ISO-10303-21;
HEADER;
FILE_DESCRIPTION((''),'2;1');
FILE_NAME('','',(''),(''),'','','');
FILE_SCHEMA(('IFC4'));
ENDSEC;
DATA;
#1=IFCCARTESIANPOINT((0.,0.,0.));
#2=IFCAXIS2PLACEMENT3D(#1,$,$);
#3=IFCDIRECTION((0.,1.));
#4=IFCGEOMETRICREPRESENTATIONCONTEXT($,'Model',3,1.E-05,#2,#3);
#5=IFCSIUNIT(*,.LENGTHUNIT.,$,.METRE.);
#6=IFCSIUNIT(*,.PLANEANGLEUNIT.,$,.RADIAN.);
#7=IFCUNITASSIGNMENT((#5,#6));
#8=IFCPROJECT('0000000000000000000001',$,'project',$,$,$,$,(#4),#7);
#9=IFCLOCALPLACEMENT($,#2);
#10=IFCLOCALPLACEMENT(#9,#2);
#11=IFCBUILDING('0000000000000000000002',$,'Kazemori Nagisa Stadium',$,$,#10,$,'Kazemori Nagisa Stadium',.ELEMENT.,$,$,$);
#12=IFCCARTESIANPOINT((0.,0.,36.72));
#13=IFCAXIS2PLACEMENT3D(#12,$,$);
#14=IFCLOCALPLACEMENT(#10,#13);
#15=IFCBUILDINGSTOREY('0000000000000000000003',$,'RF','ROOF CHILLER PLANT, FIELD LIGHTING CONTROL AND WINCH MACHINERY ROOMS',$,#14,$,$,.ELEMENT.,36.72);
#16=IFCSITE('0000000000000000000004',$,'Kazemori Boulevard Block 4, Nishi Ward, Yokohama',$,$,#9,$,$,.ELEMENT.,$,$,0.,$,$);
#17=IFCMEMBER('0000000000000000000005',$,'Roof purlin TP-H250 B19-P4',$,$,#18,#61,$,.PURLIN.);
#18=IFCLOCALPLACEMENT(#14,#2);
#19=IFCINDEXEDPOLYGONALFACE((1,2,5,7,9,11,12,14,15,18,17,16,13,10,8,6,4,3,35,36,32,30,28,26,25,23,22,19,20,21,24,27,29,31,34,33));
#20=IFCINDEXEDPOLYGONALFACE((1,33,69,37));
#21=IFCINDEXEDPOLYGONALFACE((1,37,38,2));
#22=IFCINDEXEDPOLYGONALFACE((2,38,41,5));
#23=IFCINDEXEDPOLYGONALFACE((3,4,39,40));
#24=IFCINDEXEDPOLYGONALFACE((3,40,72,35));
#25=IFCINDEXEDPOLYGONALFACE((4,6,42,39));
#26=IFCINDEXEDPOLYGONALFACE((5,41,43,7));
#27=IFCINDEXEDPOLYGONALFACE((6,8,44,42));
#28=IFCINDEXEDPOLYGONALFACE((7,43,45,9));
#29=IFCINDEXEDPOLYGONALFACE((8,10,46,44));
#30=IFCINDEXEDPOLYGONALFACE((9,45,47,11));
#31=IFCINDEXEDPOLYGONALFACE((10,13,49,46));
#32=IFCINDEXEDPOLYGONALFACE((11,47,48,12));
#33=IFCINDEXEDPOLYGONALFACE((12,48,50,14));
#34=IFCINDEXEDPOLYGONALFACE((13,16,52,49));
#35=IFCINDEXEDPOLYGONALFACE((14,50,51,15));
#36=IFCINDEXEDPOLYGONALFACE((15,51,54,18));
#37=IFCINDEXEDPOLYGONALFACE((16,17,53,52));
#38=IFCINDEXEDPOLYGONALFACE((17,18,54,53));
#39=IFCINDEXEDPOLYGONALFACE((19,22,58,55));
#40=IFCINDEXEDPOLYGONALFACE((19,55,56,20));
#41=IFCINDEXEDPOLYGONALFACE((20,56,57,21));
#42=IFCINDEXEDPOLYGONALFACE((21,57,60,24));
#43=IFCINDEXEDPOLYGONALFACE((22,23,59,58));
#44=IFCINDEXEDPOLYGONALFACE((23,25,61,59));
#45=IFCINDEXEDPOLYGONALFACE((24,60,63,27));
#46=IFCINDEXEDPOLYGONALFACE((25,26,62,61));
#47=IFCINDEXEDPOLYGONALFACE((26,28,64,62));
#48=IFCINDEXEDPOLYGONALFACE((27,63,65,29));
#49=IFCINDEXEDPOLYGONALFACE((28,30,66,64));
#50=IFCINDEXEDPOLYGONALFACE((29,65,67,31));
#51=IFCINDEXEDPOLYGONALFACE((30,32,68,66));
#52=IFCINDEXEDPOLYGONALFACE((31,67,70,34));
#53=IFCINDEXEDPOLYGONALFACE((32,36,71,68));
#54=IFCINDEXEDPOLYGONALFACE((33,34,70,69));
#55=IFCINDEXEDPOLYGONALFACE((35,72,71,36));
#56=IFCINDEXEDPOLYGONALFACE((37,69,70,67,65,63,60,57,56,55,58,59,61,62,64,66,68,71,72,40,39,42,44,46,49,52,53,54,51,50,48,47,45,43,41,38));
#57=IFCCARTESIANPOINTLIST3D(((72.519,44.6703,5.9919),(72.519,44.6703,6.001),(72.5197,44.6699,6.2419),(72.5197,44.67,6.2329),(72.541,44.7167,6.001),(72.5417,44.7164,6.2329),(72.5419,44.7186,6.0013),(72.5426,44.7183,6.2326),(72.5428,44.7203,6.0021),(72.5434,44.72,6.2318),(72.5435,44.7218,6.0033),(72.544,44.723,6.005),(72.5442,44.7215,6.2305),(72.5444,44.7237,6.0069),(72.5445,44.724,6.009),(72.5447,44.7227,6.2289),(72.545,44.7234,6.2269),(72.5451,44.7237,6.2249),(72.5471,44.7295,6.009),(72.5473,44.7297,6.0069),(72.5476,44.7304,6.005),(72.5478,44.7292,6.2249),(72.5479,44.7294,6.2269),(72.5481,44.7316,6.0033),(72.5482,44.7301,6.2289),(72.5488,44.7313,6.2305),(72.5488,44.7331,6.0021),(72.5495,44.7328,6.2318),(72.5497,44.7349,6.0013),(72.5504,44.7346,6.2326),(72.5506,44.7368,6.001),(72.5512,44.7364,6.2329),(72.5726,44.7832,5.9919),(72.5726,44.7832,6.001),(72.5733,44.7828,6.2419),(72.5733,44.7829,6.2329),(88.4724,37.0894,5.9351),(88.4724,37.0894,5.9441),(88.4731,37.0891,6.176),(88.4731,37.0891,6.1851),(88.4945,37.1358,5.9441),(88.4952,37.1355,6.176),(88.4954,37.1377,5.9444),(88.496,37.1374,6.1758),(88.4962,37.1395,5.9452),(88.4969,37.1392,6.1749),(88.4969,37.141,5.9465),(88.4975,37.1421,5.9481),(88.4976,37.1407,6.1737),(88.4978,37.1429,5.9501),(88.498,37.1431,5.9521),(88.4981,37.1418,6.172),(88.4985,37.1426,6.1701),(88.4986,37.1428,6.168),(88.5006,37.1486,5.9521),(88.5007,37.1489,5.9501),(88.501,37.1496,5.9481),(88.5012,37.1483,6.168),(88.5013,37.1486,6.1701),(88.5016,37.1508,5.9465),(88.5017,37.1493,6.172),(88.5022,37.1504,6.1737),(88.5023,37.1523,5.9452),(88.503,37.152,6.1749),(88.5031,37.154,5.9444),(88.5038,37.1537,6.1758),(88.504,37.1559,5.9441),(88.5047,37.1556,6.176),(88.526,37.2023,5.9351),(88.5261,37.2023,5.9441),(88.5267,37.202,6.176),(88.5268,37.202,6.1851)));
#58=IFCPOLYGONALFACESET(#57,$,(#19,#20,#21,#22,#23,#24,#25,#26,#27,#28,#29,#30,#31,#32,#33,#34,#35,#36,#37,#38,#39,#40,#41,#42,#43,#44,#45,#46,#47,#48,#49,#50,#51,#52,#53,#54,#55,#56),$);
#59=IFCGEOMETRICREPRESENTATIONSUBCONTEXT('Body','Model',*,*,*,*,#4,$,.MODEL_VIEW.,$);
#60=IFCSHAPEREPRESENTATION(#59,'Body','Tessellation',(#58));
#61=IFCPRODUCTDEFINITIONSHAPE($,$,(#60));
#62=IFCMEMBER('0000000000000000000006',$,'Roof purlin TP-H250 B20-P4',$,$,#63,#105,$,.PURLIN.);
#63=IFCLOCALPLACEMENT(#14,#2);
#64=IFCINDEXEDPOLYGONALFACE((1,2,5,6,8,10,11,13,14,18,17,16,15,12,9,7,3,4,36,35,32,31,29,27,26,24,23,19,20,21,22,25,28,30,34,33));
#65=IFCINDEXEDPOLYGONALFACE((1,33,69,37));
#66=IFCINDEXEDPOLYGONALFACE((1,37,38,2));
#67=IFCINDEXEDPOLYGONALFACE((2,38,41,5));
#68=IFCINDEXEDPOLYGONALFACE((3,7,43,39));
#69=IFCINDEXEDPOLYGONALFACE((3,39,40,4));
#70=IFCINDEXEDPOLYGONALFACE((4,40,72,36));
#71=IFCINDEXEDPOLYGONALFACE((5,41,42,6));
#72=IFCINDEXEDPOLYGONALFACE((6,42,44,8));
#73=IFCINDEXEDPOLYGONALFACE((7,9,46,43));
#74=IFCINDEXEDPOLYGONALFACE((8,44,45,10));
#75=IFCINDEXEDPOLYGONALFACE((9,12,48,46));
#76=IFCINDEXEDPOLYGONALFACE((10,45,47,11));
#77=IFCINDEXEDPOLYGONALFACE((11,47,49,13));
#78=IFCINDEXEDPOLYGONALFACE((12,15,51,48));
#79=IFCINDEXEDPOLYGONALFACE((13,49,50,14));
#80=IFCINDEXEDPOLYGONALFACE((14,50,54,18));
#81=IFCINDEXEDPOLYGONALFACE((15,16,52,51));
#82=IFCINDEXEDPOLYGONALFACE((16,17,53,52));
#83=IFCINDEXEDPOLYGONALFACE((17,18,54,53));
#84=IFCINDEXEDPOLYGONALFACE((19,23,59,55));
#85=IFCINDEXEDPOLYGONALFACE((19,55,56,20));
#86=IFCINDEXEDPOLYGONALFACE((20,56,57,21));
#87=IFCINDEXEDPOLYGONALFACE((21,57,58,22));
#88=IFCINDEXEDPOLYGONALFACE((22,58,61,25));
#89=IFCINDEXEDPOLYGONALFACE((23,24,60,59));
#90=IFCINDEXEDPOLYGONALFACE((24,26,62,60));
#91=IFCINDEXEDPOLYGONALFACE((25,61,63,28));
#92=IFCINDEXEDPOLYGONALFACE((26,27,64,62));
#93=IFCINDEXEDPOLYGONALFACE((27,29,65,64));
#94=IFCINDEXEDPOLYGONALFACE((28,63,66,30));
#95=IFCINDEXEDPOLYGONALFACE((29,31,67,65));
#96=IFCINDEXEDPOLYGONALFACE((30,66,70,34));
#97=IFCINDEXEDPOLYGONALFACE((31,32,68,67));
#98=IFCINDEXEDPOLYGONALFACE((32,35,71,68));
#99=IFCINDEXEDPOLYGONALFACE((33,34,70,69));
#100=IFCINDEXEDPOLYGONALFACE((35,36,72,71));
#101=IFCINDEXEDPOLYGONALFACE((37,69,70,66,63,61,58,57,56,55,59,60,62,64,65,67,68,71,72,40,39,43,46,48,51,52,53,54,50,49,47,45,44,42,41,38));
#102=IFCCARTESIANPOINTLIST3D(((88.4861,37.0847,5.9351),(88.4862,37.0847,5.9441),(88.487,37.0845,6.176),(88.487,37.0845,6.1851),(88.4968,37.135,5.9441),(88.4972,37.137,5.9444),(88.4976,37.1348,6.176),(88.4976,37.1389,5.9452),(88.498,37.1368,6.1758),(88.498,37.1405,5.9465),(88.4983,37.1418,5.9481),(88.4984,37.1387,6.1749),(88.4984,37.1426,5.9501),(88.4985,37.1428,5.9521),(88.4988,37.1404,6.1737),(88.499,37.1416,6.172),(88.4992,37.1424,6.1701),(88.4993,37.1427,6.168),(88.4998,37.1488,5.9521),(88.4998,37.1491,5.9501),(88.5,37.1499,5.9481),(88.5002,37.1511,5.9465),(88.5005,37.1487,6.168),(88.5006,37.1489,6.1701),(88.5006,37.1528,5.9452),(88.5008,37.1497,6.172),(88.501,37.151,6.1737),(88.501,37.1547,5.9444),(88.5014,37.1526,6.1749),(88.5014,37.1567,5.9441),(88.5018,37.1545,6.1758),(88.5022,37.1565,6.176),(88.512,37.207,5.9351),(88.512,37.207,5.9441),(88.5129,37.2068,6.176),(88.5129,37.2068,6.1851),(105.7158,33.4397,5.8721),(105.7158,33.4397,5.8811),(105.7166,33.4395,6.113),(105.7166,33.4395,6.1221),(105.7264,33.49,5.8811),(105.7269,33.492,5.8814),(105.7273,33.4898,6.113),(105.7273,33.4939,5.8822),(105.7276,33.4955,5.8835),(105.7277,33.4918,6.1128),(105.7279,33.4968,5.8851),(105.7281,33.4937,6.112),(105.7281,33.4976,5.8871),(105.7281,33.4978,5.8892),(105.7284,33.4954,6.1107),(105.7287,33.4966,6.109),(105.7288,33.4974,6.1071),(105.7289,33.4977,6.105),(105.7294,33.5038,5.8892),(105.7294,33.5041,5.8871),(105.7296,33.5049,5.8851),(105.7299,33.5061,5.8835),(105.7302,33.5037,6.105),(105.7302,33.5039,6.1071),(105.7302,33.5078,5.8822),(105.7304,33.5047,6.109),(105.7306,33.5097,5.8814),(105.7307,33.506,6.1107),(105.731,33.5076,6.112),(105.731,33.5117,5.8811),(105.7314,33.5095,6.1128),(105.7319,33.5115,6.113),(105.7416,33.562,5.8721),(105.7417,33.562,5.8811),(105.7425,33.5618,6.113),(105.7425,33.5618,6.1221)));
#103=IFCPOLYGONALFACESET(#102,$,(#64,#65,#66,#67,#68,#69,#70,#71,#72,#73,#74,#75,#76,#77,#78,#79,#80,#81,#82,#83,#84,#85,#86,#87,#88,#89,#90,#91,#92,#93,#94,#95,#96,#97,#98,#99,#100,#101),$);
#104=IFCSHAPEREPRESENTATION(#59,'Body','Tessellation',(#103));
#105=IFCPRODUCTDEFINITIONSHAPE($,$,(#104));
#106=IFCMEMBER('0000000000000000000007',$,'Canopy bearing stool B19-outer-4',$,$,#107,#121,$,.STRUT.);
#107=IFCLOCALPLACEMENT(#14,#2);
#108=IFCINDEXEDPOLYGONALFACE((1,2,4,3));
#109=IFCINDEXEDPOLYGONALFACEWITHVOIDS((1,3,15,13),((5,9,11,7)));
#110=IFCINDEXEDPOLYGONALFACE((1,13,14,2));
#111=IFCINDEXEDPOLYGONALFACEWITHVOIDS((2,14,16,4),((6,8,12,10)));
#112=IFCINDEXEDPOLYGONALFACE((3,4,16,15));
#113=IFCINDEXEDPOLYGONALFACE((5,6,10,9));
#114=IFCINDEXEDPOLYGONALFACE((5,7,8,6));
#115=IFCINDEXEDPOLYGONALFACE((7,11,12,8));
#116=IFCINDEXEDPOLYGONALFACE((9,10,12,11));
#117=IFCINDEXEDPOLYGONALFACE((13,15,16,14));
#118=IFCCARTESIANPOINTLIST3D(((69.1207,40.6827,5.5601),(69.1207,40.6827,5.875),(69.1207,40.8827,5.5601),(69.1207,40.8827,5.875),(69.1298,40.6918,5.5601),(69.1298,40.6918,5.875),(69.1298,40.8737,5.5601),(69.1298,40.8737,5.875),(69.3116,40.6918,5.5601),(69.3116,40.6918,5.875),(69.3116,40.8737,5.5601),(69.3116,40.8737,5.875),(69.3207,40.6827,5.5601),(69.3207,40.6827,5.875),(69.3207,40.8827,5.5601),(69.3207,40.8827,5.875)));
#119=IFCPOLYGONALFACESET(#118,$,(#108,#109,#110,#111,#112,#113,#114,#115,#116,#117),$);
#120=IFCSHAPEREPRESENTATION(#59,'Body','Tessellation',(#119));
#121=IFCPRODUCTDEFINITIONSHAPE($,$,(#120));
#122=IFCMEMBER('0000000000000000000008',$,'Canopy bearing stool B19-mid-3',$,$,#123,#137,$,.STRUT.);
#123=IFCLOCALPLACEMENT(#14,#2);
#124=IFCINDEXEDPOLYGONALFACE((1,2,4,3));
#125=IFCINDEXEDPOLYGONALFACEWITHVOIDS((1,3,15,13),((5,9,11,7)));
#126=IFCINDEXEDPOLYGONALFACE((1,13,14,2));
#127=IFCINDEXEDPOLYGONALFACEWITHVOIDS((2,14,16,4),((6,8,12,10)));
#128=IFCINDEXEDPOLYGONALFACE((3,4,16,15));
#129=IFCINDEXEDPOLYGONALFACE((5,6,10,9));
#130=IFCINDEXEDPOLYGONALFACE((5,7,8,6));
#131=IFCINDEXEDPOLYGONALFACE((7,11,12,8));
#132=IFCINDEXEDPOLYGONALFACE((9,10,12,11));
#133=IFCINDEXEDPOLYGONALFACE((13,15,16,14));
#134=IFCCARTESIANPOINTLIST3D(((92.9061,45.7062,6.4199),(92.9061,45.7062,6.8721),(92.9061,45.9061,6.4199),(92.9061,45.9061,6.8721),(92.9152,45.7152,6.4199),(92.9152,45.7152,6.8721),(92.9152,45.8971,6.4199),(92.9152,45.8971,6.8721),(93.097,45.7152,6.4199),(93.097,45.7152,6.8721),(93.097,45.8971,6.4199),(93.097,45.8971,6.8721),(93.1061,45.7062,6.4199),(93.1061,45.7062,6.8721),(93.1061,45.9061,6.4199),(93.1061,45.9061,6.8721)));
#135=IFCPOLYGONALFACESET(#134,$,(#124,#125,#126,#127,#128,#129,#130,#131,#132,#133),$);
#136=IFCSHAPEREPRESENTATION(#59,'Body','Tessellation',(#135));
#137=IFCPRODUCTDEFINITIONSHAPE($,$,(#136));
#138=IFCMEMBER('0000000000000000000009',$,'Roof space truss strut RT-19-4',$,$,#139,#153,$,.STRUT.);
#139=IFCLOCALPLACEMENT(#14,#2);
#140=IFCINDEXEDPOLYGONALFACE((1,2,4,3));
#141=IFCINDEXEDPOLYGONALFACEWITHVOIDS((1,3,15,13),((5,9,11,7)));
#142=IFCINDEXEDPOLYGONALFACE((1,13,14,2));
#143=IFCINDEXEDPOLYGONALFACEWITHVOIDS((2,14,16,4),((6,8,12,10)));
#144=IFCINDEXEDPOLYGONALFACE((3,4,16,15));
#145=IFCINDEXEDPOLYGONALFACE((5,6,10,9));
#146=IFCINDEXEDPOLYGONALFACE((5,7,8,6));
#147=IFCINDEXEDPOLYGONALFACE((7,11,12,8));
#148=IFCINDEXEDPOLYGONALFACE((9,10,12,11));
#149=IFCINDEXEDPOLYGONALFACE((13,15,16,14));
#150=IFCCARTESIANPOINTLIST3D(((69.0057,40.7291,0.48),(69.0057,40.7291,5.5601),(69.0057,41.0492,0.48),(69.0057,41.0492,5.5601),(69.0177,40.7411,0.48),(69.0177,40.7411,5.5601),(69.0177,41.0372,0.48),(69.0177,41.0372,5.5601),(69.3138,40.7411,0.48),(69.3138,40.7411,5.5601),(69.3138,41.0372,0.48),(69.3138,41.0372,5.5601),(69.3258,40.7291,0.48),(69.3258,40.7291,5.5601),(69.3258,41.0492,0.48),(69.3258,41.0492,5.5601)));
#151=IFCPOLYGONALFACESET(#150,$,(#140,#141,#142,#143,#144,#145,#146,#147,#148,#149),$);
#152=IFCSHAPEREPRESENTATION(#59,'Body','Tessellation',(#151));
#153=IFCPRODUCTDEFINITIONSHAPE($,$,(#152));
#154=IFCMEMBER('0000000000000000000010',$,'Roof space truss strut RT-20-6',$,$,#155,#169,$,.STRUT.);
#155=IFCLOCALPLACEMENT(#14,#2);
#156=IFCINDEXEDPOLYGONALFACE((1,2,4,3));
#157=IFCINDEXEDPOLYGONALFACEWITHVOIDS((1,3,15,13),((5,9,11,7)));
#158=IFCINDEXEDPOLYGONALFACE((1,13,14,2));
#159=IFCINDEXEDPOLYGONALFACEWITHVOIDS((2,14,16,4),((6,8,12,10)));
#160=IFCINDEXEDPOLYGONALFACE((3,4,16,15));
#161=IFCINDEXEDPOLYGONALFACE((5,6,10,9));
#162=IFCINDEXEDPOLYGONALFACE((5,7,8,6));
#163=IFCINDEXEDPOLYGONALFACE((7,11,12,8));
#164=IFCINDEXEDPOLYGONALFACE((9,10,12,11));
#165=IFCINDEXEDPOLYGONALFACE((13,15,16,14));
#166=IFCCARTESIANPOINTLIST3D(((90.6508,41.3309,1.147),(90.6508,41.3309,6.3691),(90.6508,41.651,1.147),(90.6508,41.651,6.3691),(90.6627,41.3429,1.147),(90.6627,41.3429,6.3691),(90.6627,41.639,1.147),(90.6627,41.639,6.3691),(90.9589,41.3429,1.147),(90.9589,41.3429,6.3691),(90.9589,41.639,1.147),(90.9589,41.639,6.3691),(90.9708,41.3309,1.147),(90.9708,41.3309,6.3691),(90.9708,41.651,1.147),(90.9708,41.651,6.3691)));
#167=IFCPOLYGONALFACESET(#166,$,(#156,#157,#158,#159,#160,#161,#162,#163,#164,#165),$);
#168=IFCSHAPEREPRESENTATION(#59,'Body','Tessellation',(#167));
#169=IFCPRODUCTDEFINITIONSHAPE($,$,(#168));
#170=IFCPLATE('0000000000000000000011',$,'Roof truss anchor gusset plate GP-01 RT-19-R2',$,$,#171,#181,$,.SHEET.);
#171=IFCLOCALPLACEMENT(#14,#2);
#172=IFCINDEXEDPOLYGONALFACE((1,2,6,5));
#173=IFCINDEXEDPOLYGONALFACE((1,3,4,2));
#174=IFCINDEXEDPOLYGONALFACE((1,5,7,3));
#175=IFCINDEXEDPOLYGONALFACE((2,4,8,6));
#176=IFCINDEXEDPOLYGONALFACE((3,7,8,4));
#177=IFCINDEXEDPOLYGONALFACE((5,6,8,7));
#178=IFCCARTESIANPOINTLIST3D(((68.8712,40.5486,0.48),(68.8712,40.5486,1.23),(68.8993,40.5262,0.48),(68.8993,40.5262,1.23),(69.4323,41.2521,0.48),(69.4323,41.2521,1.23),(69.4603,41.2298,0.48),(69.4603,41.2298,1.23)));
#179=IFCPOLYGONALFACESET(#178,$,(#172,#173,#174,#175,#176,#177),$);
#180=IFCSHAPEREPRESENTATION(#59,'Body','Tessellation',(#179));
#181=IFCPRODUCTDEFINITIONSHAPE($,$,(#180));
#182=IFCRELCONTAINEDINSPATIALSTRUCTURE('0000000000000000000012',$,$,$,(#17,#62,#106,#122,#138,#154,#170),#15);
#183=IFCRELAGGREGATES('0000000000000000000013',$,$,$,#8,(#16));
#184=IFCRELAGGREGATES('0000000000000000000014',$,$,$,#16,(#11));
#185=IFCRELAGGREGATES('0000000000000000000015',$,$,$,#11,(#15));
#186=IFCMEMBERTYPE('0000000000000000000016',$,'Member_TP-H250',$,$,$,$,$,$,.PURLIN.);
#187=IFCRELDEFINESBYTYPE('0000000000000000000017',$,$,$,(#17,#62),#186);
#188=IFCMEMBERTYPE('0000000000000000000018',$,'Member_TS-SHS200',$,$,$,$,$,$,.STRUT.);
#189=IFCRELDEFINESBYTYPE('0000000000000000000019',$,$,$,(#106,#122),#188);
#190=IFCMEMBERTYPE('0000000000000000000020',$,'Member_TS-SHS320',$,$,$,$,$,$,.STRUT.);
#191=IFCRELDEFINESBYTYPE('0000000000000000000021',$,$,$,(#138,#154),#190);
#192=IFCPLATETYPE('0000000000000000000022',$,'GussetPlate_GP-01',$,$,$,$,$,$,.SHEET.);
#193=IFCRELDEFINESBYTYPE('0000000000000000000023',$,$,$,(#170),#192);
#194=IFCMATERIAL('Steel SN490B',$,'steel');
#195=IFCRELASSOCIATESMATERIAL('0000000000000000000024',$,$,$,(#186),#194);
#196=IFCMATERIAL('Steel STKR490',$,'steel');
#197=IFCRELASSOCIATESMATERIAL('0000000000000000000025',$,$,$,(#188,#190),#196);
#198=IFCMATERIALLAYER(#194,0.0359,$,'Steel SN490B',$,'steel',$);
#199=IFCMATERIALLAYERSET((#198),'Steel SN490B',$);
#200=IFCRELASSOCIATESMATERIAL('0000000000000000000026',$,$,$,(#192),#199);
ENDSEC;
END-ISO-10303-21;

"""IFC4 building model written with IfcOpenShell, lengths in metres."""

from ifc_helpers import new_model, si_unit, direction, frame, origin, origin_2d, place, context, subcontext, project, spatial, rectangle, hollow_rectangle, i_section, extrude, material, layer, layer_set, material_profile, profile_set, type_object, element, save


model = new_model("IFC4")

# Units and contexts
model_context = context("Model", 3, precision=1e-05, world=origin(), true_north=direction((0.0, 1.0)))
body_context = subcontext(model_context, "Body", "Model", "MODEL_VIEW")
ifc_project = project(units=[si_unit("LENGTHUNIT", "METRE"), si_unit("PLANEANGLEUNIT", "RADIAN")], contexts=[model_context])

# Site, building, storey
site_placement = place(None, origin())
site = spatial("IfcSite", under=ifc_project, at=site_placement, Name="Kazemori Boulevard Block 4, Nishi Ward, Yokohama", CompositionType="ELEMENT", RefElevation=0.0)
building_placement = place(site_placement, origin())
building = spatial("IfcBuilding", under=site, at=building_placement, Name="Kazemori Nagisa Stadium", LongName="Kazemori Nagisa Stadium", CompositionType="ELEMENT")
storey_placement = place(building_placement, frame((0.0, 0.0, 36.72)))
storey = spatial("IfcBuildingStorey", under=building, at=storey_placement, Name="RF", Description="ROOF CHILLER PLANT, FIELD LIGHTING CONTROL AND WINCH MACHINERY ROOMS", CompositionType="ELEMENT", Elevation=36.72)

# Shared definitions
ifc_material_1 = material(Name="Steel SN490B", Category="steel")

# Members
ifc_material_2 = material(Name="Steel STKR490", Category="steel")
ifc_material_profile_1 = material_profile(ifc_material_1, i_section(OverallWidth=0.125, OverallDepth=0.25, WebThickness=0.0061, FlangeThickness=0.009, FilletRadius=0.0081, at=origin_2d()), Name="H-250x125x6x9")
ifc_profile_set_1 = profile_set([ifc_material_profile_1], Name="Steel SN490B")
member_type_1 = type_object("IfcMemberType", Name="Member_TP-H250", PredefinedType="PURLIN", material=ifc_profile_set_1)
member_1_placement = place(storey_placement, frame((72.5461, 44.7266, 6.1169), z_axis=(0.903208, -0.429191, -0.003221), x_axis=(0.429194, 0.903213, 0.0)))
element("IfcMember", 1, at=member_1_placement, inside=storey, type_object=member_type_1, Name="Roof purlin TP-H250 B19-P4", PredefinedType="PURLIN", context=body_context, shape_type="SweptSolid", body=[
    extrude(i_section(OverallWidth=0.125, OverallDepth=0.25, WebThickness=0.0061, FlangeThickness=0.009, FilletRadius=0.0081, at=origin_2d()), origin(), (0.0, 0.0, 1.0), 17.6631),
])
member_2_placement = place(storey_placement, frame((88.4995, 37.1458, 6.0601), z_axis=(0.97834, -0.206972, -0.003577), x_axis=(0.206973, 0.978347, 0.0)))
element("IfcMember", 2, at=member_2_placement, inside=storey, type_object=member_type_1, Name="Roof purlin TP-H250 B20-P4", PredefinedType="PURLIN", context=body_context, shape_type="SweptSolid", body=[
    extrude(i_section(OverallWidth=0.125, OverallDepth=0.25, WebThickness=0.0061, FlangeThickness=0.009, FilletRadius=0.0081, at=origin_2d()), origin(), (0.0, 0.0, 1.0), 17.6111),
])
ifc_material_profile_2 = material_profile(ifc_material_2, hollow_rectangle(XDim=0.2, YDim=0.2, WallThickness=0.009, at=origin_2d()), Name="SHS-200x200x9")
ifc_profile_set_2 = profile_set([ifc_material_profile_2], Name="Steel STKR490")
member_type_2 = type_object("IfcMemberType", Name="Member_TS-SHS200", PredefinedType="STRUT", material=ifc_profile_set_2)
member_3_placement = place(storey_placement, frame((69.2207, 40.7827, 5.5601), z_axis=(0.0, 0.0, 1.0), x_axis=(1.0, 0.0, 0.0)))
element("IfcMember", 3, at=member_3_placement, inside=storey, type_object=member_type_2, Name="Canopy bearing stool B19-outer-4", PredefinedType="STRUT", context=body_context, shape_type="SweptSolid", body=[
    extrude(hollow_rectangle(XDim=0.2, YDim=0.2, WallThickness=0.009, at=origin_2d()), origin(), (0.0, 0.0, 1.0), 0.3149),
])
member_4_placement = place(storey_placement, frame((93.0061, 45.8062, 6.4199), z_axis=(0.0, 0.0, 1.0), x_axis=(1.0, 0.0, 0.0)))
element("IfcMember", 4, at=member_4_placement, inside=storey, type_object=member_type_2, Name="Canopy bearing stool B19-mid-3", PredefinedType="STRUT", context=body_context, shape_type="SweptSolid", body=[
    extrude(hollow_rectangle(XDim=0.2, YDim=0.2, WallThickness=0.009, at=origin_2d()), origin(), (0.0, 0.0, 1.0), 0.4521),
])
ifc_material_profile_3 = material_profile(ifc_material_2, hollow_rectangle(XDim=0.3201, YDim=0.3201, WallThickness=0.012, at=origin_2d()), Name="SHS-320x320x12")
ifc_profile_set_3 = profile_set([ifc_material_profile_3], Name="Steel STKR490")
member_type_3 = type_object("IfcMemberType", Name="Member_TS-SHS320", PredefinedType="STRUT", material=ifc_profile_set_3)
member_5_placement = place(storey_placement, frame((69.1658, 40.8892, 0.48), z_axis=(0.0, 0.0, 1.0), x_axis=(1.0, 0.0, 0.0)))
element("IfcMember", 5, at=member_5_placement, inside=storey, type_object=member_type_3, Name="Roof space truss strut RT-19-4", PredefinedType="STRUT", context=body_context, shape_type="SweptSolid", body=[
    extrude(hollow_rectangle(XDim=0.3201, YDim=0.3201, WallThickness=0.012, at=origin_2d()), origin(), (0.0, 0.0, 1.0), 5.0801),
])
member_6_placement = place(storey_placement, frame((90.8108, 41.491, 1.147), z_axis=(0.0, 0.0, 1.0), x_axis=(1.0, 0.0, 0.0)))
element("IfcMember", 6, at=member_6_placement, inside=storey, type_object=member_type_3, Name="Roof space truss strut RT-20-6", PredefinedType="STRUT", context=body_context, shape_type="SweptSolid", body=[
    extrude(hollow_rectangle(XDim=0.3201, YDim=0.3201, WallThickness=0.012, at=origin_2d()), origin(), (0.0, 0.0, 1.0), 5.2222),
])

# Plate
ifc_layer_1 = layer(ifc_material_1, 0.0359, Name="Steel SN490B", Category="steel")
ifc_layer_set_1 = layer_set([ifc_layer_1], Name="Steel SN490B")
plate_type = type_object("IfcPlateType", Name="GussetPlate_GP-01", PredefinedType="SHEET", material=ifc_layer_set_1)
plate_placement = place(storey_placement, frame((69.1658, 40.8892, 0.48), z_axis=(0.0, 0.0, 1.0), x_axis=(-0.62349, -0.781831, 0.0)))
element("IfcPlate", 7, at=plate_placement, inside=storey, type_object=plate_type, Name="Roof truss anchor gusset plate GP-01 RT-19-R2", PredefinedType="SHEET", context=body_context, shape_type="SweptSolid", body=[
    extrude(rectangle(XDim=0.8999, YDim=0.0359, at=origin_2d()), origin(), (0.0, 0.0, 1.0), 0.75),
])

save(model, "model.ifc")
